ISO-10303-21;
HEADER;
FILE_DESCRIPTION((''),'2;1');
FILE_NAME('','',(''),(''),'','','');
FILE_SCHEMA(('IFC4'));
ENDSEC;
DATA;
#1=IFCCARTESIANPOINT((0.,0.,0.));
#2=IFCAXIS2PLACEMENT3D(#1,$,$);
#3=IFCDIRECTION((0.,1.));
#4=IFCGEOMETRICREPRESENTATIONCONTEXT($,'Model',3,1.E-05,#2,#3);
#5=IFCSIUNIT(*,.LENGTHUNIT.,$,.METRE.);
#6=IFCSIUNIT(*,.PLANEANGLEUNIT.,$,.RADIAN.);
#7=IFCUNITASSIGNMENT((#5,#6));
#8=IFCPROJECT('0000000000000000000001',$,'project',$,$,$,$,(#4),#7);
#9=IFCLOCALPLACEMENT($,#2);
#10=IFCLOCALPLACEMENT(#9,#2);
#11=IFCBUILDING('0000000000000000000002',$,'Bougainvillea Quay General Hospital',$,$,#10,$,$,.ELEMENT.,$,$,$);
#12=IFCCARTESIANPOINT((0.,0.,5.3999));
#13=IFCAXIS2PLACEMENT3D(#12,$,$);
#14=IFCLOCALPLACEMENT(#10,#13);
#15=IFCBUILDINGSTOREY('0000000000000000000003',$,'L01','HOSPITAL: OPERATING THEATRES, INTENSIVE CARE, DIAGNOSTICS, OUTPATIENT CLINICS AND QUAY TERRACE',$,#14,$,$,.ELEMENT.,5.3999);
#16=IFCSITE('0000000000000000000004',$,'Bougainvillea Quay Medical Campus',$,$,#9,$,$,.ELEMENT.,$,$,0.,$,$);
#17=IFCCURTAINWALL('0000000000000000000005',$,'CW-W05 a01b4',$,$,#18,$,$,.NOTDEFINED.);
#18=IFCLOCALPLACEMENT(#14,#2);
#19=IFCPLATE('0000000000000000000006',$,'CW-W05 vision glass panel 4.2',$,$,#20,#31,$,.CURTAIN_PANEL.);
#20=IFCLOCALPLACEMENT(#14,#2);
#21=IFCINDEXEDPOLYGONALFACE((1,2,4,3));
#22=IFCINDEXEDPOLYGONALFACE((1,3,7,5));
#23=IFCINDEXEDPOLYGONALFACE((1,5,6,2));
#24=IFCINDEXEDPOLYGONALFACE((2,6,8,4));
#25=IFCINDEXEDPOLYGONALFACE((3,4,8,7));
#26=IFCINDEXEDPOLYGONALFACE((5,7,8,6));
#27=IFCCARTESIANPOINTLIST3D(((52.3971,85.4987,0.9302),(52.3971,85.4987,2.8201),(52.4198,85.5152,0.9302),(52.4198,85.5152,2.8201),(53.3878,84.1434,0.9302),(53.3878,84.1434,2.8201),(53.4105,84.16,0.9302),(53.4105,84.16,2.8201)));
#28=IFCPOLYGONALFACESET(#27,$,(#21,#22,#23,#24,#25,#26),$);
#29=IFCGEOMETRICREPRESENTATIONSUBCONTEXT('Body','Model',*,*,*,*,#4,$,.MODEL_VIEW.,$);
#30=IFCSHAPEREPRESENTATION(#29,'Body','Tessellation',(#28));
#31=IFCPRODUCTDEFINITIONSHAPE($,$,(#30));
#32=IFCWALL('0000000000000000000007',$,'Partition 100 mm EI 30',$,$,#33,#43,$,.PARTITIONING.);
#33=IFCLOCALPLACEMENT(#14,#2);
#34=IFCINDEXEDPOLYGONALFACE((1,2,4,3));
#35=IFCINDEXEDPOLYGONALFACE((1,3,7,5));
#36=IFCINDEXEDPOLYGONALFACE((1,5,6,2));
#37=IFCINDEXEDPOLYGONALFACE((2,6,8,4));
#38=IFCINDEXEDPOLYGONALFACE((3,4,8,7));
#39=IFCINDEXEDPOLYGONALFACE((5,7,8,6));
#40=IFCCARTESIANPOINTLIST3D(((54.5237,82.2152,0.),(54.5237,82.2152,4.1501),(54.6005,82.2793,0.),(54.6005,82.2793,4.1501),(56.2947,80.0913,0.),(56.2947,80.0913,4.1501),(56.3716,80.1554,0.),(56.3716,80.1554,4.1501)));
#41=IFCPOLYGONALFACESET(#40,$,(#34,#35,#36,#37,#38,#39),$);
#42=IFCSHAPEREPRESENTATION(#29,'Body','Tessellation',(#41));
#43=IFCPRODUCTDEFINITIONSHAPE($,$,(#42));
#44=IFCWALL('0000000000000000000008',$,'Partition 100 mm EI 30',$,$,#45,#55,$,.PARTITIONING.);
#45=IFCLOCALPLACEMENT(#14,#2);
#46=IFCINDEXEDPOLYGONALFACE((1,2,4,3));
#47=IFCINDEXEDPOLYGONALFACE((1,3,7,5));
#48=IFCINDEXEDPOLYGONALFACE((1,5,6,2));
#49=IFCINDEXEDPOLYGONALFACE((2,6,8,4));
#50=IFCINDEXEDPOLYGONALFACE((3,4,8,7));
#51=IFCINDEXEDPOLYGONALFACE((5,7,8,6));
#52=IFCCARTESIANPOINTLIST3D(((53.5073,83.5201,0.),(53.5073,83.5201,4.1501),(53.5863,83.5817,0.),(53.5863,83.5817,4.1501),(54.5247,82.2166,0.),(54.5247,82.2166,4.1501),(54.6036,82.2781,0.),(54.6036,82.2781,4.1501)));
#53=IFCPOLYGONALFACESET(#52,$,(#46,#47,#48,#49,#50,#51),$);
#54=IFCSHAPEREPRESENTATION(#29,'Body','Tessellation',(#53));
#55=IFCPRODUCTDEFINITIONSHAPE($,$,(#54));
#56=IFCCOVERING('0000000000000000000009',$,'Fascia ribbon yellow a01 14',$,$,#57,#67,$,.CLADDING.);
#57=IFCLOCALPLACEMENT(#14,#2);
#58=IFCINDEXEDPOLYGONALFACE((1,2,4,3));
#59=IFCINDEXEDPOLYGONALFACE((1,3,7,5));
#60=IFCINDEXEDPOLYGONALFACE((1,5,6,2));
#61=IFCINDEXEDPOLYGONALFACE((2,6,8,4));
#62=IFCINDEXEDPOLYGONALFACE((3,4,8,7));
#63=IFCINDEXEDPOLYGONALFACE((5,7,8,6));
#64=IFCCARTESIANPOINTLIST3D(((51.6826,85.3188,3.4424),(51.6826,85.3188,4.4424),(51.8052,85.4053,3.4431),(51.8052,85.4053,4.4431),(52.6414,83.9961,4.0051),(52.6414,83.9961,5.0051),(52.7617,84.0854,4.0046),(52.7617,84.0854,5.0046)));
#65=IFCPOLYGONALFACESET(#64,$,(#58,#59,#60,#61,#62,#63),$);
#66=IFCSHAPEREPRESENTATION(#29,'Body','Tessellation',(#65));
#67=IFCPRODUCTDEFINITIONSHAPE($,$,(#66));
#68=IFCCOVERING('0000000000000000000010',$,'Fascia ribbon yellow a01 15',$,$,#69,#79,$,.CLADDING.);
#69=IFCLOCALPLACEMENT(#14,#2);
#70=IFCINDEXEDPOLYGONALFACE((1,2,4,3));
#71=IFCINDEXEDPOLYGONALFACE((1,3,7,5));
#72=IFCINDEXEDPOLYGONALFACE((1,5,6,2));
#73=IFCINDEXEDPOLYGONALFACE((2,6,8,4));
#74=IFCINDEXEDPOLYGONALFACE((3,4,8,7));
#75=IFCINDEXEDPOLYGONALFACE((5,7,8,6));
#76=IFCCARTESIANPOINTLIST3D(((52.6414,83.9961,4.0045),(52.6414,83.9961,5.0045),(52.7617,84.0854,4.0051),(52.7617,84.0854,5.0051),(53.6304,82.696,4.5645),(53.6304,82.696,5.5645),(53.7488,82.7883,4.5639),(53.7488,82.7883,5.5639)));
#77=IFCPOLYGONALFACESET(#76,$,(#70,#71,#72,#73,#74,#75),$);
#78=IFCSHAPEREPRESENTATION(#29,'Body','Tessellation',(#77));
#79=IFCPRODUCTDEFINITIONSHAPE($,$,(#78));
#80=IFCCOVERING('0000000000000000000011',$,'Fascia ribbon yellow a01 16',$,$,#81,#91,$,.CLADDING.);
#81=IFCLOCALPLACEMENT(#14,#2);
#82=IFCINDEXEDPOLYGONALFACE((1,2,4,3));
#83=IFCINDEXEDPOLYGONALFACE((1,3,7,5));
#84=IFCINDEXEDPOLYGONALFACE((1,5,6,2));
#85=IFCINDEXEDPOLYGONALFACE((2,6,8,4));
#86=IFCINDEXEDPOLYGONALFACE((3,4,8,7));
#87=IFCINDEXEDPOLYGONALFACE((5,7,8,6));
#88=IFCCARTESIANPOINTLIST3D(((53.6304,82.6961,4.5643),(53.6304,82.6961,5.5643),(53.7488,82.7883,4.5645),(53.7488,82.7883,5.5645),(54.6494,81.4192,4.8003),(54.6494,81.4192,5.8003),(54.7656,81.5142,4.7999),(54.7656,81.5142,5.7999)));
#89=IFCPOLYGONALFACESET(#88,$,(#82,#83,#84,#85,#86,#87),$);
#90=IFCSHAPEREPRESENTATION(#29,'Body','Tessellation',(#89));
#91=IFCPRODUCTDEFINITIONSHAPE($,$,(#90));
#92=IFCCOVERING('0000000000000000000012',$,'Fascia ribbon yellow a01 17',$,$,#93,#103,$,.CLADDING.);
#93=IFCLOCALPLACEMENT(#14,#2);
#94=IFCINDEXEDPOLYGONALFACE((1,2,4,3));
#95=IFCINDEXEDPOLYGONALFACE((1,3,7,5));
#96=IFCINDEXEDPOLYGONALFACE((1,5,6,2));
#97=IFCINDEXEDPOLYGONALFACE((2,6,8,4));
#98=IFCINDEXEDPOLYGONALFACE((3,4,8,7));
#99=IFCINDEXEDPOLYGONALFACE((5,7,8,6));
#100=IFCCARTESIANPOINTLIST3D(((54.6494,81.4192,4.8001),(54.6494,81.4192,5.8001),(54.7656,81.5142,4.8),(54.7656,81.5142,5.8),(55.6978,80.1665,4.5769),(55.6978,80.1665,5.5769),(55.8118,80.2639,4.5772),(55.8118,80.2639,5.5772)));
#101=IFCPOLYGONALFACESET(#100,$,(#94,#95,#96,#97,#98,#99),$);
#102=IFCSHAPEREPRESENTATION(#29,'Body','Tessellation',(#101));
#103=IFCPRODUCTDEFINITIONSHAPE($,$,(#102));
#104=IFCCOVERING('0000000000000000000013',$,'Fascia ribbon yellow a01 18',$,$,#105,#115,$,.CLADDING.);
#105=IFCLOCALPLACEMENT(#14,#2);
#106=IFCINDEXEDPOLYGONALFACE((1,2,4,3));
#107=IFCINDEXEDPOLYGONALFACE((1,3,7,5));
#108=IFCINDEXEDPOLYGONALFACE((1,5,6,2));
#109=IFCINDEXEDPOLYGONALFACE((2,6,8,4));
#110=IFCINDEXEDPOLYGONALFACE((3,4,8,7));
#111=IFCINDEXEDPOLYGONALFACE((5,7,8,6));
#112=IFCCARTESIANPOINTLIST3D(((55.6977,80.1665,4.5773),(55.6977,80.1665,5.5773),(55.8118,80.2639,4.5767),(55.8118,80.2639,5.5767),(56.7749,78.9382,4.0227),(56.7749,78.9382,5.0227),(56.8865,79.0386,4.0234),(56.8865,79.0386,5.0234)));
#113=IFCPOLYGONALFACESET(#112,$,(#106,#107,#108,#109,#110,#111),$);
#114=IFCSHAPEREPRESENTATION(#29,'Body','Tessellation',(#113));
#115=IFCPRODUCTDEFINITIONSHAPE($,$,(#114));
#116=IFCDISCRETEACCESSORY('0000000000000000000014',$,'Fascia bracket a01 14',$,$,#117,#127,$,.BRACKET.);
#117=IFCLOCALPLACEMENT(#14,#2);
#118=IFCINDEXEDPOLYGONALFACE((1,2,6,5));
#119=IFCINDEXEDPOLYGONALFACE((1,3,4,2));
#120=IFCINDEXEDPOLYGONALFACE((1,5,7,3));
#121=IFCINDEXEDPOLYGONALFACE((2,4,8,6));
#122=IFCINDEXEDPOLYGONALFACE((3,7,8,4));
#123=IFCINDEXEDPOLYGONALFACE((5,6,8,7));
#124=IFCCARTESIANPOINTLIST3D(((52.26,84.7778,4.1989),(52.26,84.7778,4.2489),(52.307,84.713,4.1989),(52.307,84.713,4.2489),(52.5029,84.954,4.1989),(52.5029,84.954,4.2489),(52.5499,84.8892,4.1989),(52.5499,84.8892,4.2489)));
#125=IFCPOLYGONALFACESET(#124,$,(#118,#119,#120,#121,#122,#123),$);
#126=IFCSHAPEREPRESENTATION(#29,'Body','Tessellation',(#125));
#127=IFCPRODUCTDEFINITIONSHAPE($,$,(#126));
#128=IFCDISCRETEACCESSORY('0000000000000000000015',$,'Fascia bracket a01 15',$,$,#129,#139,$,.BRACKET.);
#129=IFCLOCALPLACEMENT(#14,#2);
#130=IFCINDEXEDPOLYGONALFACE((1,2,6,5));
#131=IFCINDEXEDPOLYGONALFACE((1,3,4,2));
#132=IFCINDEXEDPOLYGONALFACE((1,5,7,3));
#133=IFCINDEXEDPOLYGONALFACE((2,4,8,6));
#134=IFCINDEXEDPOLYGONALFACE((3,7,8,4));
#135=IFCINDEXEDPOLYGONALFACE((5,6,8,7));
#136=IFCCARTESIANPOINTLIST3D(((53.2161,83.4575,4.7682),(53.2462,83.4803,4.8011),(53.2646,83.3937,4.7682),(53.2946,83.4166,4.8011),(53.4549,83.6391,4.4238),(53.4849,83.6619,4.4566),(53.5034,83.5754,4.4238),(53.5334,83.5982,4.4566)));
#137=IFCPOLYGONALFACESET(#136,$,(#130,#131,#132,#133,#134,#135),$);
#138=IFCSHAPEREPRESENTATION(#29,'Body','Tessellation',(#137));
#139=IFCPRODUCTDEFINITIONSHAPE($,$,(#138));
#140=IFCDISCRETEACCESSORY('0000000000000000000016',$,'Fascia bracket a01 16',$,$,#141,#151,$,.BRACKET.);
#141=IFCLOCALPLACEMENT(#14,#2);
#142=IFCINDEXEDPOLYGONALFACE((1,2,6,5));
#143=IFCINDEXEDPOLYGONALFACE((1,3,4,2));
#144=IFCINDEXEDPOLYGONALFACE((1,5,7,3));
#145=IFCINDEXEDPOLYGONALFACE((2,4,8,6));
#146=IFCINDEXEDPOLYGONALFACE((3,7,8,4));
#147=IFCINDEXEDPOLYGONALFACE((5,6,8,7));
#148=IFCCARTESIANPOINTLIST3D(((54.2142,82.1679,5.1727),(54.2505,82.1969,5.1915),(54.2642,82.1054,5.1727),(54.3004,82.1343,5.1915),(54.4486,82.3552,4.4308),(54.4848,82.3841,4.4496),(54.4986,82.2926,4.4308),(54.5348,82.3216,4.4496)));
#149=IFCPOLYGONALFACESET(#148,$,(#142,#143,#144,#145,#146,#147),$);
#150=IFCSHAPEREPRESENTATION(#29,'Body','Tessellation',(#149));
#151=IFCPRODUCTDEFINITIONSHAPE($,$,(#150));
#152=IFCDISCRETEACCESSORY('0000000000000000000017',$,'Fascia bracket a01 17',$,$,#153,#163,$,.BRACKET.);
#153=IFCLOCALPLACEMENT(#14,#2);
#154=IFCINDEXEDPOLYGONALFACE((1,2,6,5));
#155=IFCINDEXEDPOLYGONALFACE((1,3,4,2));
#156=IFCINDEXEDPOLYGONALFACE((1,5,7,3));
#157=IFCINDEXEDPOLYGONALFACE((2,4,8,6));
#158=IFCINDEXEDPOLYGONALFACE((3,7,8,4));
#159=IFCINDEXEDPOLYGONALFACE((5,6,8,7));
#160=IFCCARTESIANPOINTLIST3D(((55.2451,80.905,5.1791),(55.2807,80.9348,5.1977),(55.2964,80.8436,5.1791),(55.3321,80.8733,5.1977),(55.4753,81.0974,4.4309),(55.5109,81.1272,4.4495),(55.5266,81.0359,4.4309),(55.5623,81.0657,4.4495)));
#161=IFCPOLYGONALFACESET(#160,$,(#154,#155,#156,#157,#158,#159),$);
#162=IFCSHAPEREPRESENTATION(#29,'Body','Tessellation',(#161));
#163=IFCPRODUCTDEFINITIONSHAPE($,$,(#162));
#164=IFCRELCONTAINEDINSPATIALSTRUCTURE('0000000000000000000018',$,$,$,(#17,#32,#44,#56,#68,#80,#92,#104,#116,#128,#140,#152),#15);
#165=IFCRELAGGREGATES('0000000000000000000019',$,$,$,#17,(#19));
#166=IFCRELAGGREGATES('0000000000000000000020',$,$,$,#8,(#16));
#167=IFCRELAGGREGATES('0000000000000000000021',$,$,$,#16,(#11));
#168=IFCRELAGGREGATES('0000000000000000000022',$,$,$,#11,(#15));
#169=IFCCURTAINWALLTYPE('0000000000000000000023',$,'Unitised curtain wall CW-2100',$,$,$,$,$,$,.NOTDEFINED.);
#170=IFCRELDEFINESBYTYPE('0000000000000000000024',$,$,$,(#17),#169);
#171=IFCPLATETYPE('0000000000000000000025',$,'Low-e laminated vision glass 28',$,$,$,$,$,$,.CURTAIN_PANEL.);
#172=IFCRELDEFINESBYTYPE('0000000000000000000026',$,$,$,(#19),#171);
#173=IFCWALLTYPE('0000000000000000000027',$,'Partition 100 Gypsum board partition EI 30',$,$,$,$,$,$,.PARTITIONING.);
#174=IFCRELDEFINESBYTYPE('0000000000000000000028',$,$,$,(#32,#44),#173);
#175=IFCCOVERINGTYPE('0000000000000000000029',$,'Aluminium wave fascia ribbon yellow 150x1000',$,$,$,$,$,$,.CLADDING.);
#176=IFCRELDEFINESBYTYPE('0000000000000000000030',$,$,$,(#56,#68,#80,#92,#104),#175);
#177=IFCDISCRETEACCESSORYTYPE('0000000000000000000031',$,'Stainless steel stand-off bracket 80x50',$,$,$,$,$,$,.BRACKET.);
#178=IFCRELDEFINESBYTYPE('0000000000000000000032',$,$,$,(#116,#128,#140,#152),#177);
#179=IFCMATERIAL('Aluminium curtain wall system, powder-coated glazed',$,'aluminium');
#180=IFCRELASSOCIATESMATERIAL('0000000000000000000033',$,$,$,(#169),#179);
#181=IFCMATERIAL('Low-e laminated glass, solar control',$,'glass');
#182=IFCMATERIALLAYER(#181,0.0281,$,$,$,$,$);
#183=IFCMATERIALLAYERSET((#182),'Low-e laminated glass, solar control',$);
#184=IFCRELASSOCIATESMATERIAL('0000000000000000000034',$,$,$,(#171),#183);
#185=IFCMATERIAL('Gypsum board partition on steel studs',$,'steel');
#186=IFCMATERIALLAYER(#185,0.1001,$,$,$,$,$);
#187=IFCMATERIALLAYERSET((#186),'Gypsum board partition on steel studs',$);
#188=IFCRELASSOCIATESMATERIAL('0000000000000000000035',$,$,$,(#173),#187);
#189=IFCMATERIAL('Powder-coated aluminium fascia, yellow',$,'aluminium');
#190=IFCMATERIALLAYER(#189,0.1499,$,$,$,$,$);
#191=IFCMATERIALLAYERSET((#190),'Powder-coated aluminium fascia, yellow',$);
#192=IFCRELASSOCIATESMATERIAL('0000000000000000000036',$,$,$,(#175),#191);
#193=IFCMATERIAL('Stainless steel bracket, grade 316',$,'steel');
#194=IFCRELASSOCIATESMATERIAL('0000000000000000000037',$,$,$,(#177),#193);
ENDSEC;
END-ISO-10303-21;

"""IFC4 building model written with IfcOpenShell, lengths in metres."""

from ifc_helpers import new_model, si_unit, direction, frame, frame_2d, origin, origin_2d, place, context, subcontext, project, spatial, polyline, rectangle, outline, extrude, material, layer, layer_set, material_profile, profile_set, type_object, element, aggregate, save


model = new_model("IFC4")

# Units and contexts
model_context = context("Model", 3, precision=1e-05, world=origin(), true_north=direction((0.0, 1.0)))
body_context = subcontext(model_context, "Body", "Model", "MODEL_VIEW")
ifc_project = project(units=[si_unit("LENGTHUNIT", "METRE"), si_unit("PLANEANGLEUNIT", "RADIAN")], contexts=[model_context])

# Site, building, storey
site_placement = place(None, origin())
site = spatial("IfcSite", under=ifc_project, at=site_placement, Name="Bougainvillea Quay Medical Campus", CompositionType="ELEMENT", RefElevation=0.0)
building_placement = place(site_placement, origin())
building = spatial("IfcBuilding", under=site, at=building_placement, Name="Bougainvillea Quay General Hospital", CompositionType="ELEMENT")
storey_placement = place(building_placement, frame((0.0, 0.0, 5.3999)))
storey = spatial("IfcBuildingStorey", under=building, at=storey_placement, Name="L01", Description="HOSPITAL: OPERATING THEATRES, INTENSIVE CARE, DIAGNOSTICS, OUTPATIENT CLINICS AND QUAY TERRACE", CompositionType="ELEMENT", Elevation=5.3999)

# Curtain wall
ifc_material_1 = material(Name="Aluminium curtain wall system, powder-coated glazed", Category="aluminium")
curtain_wall_type = type_object("IfcCurtainWallType", Name="Unitised curtain wall CW-2100", PredefinedType="NOTDEFINED", material=ifc_material_1)
curtain_wall_1_placement = place(storey_placement, origin())
curtain_wall_1 = element("IfcCurtainWall", 1, at=curtain_wall_1_placement, inside=storey, type_object=curtain_wall_type, Name="CW-W05 a01b4", PredefinedType="NOTDEFINED")

# Plate
ifc_material_2 = material(Name="Low-e laminated glass, solar control", Category="glass")
ifc_layer_1 = layer(ifc_material_2, 0.0281)
ifc_layer_set_1 = layer_set([ifc_layer_1], Name="Low-e laminated glass, solar control")
plate_type_1 = type_object("IfcPlateType", Name="Low-e laminated vision glass 28", PredefinedType="CURTAIN_PANEL", material=ifc_layer_set_1)
plate_1_placement = place(storey_placement, frame((52.9038, 84.8293, 0.9302), z_axis=(0.0, 0.0, 1.0), x_axis=(-0.590134, 0.807305, 0.0)))
plate_1 = element("IfcPlate", 2, at=plate_1_placement, type_object=plate_type_1, Name="CW-W05 vision glass panel 4.2", PredefinedType="CURTAIN_PANEL", context=body_context, shape_type="SweptSolid", body=[
    extrude(rectangle(XDim=1.6787, YDim=0.0281, at=origin_2d()), origin(), (0.0, 0.0, 1.0), 1.8899),
])
aggregate(curtain_wall_1, [plate_1])

# Walls
ifc_material_3 = material(Name="Gypsum board partition on steel studs", Category="steel")
ifc_layer_2 = layer(ifc_material_3, 0.1001)
ifc_layer_set_2 = layer_set([ifc_layer_2], Name="Gypsum board partition on steel studs")
wall_type = type_object("IfcWallType", Name="Partition 100 Gypsum board partition EI 30", PredefinedType="PARTITIONING", material=ifc_layer_set_2)
wall_1_placement = place(storey_placement, frame((54.562, 82.2473, 0.0), z_axis=(0.0, 0.0, 1.0), x_axis=(0.640436, -0.768011, 0.0)))
element("IfcWall", 3, at=wall_1_placement, inside=storey, type_object=wall_type, Name="Partition 100 mm EI 30", PredefinedType="PARTITIONING", context=body_context, shape_type="SweptSolid", body=[
    extrude(rectangle(XDim=2.7654, YDim=0.1001, at=frame_2d((1.3828, 0.0))), origin(), (0.0, 0.0, 1.0), 4.1501),
])
wall_2_placement = place(storey_placement, frame((53.5469, 83.5508, 0.0), z_axis=(0.0, 0.0, 1.0), x_axis=(0.615269, -0.788318, 0.0)))
element("IfcWall", 4, at=wall_2_placement, inside=storey, type_object=wall_type, Name="Partition 100 mm EI 30", PredefinedType="PARTITIONING", context=body_context, shape_type="SweptSolid", body=[
    extrude(rectangle(XDim=1.6536, YDim=0.1001, at=frame_2d((0.8267, 0.0))), origin(), (0.0, 0.0, 1.0), 4.1501),
])

# Coverings
ifc_material_4 = material(Name="Powder-coated aluminium fascia, yellow", Category="aluminium")
ifc_layer_3 = layer(ifc_material_4, 0.1499)
ifc_layer_set_3 = layer_set([ifc_layer_3], Name="Powder-coated aluminium fascia, yellow")
covering_type = type_object("IfcCoveringType", Name="Aluminium wave fascia ribbon yellow 150x1000", PredefinedType="CLADDING", material=ifc_layer_set_3)
covering_1_placement = place(storey_placement, frame((51.8052, 85.4053, 3.4431), z_axis=(-0.191558, 0.263409, 0.945474), x_axis=(0.554837, -0.765557, 0.325697)))
element("IfcCovering", 5, at=covering_1_placement, inside=storey, type_object=covering_type, Name="Fascia ribbon yellow a01 14", PredefinedType="CLADDING", context=body_context, shape_type="SweptSolid", body=[
    extrude(outline(polyline([(0.0, 0.0), (1.724, 0.0), (1.7258, -0.1499), (-0.0021, -0.15), (0.0, 0.0)])), origin(), (0.325697, 0.000499, 0.945474), 1.0),
])
covering_2_placement = place(storey_placement, frame((52.7617, 84.0854, 4.0051), z_axis=(-0.196325, 0.258072, 0.945968), x_axis=(0.572849, -0.752794, 0.32426)))
element("IfcCovering", 6, at=covering_2_placement, inside=storey, type_object=covering_type, Name="Fascia ribbon yellow a01 15", PredefinedType="CLADDING", context=body_context, shape_type="SweptSolid", body=[
    extrude(outline(polyline([(0.0, 0.0), (1.7231, 0.0), (1.7249, -0.1501), (-0.0018, -0.1499), (0.0, 0.0)])), origin(), (0.32426, -0.000044, 0.945968), 1.0),
])
covering_3_placement = place(storey_placement, frame((53.7488, 82.7883, 4.5645), z_axis=(-0.088549, 0.112236, 0.989728), x_axis=(0.617356, -0.773585, 0.142959)))
element("IfcCovering", 7, at=covering_3_placement, inside=storey, type_object=covering_type, Name="Fascia ribbon yellow a01 16", PredefinedType="CLADDING", context=body_context, shape_type="SweptSolid", body=[
    extrude(outline(polyline([(0.0, 0.0), (1.6471, 0.0), (1.6489, -0.1501), (-0.0017, -0.1501), (0.0, 0.0)])), origin(), (0.142959, -0.00079, 0.989728), 1.0),
])
covering_4_placement = place(storey_placement, frame((54.7656, 81.5142, 4.8), z_axis=(0.086211, -0.104426, 0.990789), x_axis=(0.635819, -0.759867, -0.135411)))
element("IfcCovering", 8, at=covering_4_placement, inside=storey, type_object=covering_type, Name="Fascia ribbon yellow a01 17", PredefinedType="CLADDING", context=body_context, shape_type="SweptSolid", body=[
    extrude(outline(polyline([(0.0, 0.0), (1.6454, 0.0), (1.6469, -0.15), (-0.0017, -0.1501), (0.0, 0.0)])), origin(), (-0.135411, 0.000887, 0.990789), 1.0),
])
covering_5_placement = place(storey_placement, frame((55.8118, 80.2639, 4.5767), z_axis=(0.211906, -0.24173, 0.946922), x_axis=(0.624386, -0.711902, -0.321462)))
element("IfcCovering", 9, at=covering_5_placement, inside=storey, type_object=covering_type, Name="Fascia ribbon yellow a01 18", PredefinedType="CLADDING", context=body_context, shape_type="SweptSolid", body=[
    extrude(outline(polyline([(0.0, 0.0), (1.7212, 0.0), (1.7232, -0.15), (-0.0021, -0.1499), (0.0, 0.0)])), origin(), (-0.321462, 0.000076, 0.946922), 1.0),
])

# Discrete accessories
ifc_material_5 = material(Name="Stainless steel bracket, grade 316", Category="steel")
ifc_material_profile_1 = material_profile(ifc_material_5, rectangle(XDim=0.0801, YDim=0.05, at=origin_2d()))
ifc_profile_set_1 = profile_set([ifc_material_profile_1], Name="Stainless steel bracket, grade 316")
discrete_accessory_type = type_object("IfcDiscreteAccessoryType", Name="Stainless steel stand-off bracket 80x50", PredefinedType="BRACKET", material=ifc_profile_set_1)
discrete_accessory_1_placement = place(storey_placement, frame((52.5264, 84.9216, 4.2239), z_axis=(-0.809369, -0.587301, 0.0), x_axis=(0.587301, -0.809369, 0.0)))
element("IfcDiscreteAccessory", 10, at=discrete_accessory_1_placement, inside=storey, type_object=discrete_accessory_type, Name="Fascia bracket a01 14", PredefinedType="BRACKET", context=body_context, shape_type="SweptSolid", body=[
    extrude(rectangle(XDim=0.0801, YDim=0.05, at=origin_2d()), origin(), (0.0, 0.0, 1.0), 0.3),
])
discrete_accessory_2_placement = place(storey_placement, frame((53.4941, 83.6187, 4.4402), z_axis=(-0.522693, -0.397631, 0.75411), x_axis=(0.605455, -0.79588, 0.0)))
element("IfcDiscreteAccessory", 11, at=discrete_accessory_2_placement, inside=storey, type_object=discrete_accessory_type, Name="Fascia bracket a01 15", PredefinedType="BRACKET", context=body_context, shape_type="SweptSolid", body=[
    extrude(rectangle(XDim=0.0801, YDim=0.05, at=origin_2d()), origin(), (0.0, 0.0, 1.0), 0.4568),
])
discrete_accessory_3_placement = place(storey_placement, frame((54.4917, 82.3384, 4.4402), z_axis=(-0.29286, -0.233983, 0.927084), x_axis=(0.624199, -0.781266, 0.0)))
element("IfcDiscreteAccessory", 12, at=discrete_accessory_3_placement, inside=storey, type_object=discrete_accessory_type, Name="Fascia bracket a01 16", PredefinedType="BRACKET", context=body_context, shape_type="SweptSolid", body=[
    extrude(rectangle(XDim=0.0801, YDim=0.05, at=origin_2d()), origin(), (0.0, 0.0, 1.0), 0.8003),
])
discrete_accessory_4_placement = place(storey_placement, frame((55.5188, 81.0815, 4.4402), z_axis=(-0.285569, -0.23863, 0.928174), x_axis=(0.641224, -0.767353, 0.0)))
element("IfcDiscreteAccessory", 13, at=discrete_accessory_4_placement, inside=storey, type_object=discrete_accessory_type, Name="Fascia bracket a01 17", PredefinedType="BRACKET", context=body_context, shape_type="SweptSolid", body=[
    extrude(rectangle(XDim=0.0801, YDim=0.05, at=origin_2d()), origin(), (0.0, 0.0, 1.0), 0.8062),
])

save(model, "model.ifc")
